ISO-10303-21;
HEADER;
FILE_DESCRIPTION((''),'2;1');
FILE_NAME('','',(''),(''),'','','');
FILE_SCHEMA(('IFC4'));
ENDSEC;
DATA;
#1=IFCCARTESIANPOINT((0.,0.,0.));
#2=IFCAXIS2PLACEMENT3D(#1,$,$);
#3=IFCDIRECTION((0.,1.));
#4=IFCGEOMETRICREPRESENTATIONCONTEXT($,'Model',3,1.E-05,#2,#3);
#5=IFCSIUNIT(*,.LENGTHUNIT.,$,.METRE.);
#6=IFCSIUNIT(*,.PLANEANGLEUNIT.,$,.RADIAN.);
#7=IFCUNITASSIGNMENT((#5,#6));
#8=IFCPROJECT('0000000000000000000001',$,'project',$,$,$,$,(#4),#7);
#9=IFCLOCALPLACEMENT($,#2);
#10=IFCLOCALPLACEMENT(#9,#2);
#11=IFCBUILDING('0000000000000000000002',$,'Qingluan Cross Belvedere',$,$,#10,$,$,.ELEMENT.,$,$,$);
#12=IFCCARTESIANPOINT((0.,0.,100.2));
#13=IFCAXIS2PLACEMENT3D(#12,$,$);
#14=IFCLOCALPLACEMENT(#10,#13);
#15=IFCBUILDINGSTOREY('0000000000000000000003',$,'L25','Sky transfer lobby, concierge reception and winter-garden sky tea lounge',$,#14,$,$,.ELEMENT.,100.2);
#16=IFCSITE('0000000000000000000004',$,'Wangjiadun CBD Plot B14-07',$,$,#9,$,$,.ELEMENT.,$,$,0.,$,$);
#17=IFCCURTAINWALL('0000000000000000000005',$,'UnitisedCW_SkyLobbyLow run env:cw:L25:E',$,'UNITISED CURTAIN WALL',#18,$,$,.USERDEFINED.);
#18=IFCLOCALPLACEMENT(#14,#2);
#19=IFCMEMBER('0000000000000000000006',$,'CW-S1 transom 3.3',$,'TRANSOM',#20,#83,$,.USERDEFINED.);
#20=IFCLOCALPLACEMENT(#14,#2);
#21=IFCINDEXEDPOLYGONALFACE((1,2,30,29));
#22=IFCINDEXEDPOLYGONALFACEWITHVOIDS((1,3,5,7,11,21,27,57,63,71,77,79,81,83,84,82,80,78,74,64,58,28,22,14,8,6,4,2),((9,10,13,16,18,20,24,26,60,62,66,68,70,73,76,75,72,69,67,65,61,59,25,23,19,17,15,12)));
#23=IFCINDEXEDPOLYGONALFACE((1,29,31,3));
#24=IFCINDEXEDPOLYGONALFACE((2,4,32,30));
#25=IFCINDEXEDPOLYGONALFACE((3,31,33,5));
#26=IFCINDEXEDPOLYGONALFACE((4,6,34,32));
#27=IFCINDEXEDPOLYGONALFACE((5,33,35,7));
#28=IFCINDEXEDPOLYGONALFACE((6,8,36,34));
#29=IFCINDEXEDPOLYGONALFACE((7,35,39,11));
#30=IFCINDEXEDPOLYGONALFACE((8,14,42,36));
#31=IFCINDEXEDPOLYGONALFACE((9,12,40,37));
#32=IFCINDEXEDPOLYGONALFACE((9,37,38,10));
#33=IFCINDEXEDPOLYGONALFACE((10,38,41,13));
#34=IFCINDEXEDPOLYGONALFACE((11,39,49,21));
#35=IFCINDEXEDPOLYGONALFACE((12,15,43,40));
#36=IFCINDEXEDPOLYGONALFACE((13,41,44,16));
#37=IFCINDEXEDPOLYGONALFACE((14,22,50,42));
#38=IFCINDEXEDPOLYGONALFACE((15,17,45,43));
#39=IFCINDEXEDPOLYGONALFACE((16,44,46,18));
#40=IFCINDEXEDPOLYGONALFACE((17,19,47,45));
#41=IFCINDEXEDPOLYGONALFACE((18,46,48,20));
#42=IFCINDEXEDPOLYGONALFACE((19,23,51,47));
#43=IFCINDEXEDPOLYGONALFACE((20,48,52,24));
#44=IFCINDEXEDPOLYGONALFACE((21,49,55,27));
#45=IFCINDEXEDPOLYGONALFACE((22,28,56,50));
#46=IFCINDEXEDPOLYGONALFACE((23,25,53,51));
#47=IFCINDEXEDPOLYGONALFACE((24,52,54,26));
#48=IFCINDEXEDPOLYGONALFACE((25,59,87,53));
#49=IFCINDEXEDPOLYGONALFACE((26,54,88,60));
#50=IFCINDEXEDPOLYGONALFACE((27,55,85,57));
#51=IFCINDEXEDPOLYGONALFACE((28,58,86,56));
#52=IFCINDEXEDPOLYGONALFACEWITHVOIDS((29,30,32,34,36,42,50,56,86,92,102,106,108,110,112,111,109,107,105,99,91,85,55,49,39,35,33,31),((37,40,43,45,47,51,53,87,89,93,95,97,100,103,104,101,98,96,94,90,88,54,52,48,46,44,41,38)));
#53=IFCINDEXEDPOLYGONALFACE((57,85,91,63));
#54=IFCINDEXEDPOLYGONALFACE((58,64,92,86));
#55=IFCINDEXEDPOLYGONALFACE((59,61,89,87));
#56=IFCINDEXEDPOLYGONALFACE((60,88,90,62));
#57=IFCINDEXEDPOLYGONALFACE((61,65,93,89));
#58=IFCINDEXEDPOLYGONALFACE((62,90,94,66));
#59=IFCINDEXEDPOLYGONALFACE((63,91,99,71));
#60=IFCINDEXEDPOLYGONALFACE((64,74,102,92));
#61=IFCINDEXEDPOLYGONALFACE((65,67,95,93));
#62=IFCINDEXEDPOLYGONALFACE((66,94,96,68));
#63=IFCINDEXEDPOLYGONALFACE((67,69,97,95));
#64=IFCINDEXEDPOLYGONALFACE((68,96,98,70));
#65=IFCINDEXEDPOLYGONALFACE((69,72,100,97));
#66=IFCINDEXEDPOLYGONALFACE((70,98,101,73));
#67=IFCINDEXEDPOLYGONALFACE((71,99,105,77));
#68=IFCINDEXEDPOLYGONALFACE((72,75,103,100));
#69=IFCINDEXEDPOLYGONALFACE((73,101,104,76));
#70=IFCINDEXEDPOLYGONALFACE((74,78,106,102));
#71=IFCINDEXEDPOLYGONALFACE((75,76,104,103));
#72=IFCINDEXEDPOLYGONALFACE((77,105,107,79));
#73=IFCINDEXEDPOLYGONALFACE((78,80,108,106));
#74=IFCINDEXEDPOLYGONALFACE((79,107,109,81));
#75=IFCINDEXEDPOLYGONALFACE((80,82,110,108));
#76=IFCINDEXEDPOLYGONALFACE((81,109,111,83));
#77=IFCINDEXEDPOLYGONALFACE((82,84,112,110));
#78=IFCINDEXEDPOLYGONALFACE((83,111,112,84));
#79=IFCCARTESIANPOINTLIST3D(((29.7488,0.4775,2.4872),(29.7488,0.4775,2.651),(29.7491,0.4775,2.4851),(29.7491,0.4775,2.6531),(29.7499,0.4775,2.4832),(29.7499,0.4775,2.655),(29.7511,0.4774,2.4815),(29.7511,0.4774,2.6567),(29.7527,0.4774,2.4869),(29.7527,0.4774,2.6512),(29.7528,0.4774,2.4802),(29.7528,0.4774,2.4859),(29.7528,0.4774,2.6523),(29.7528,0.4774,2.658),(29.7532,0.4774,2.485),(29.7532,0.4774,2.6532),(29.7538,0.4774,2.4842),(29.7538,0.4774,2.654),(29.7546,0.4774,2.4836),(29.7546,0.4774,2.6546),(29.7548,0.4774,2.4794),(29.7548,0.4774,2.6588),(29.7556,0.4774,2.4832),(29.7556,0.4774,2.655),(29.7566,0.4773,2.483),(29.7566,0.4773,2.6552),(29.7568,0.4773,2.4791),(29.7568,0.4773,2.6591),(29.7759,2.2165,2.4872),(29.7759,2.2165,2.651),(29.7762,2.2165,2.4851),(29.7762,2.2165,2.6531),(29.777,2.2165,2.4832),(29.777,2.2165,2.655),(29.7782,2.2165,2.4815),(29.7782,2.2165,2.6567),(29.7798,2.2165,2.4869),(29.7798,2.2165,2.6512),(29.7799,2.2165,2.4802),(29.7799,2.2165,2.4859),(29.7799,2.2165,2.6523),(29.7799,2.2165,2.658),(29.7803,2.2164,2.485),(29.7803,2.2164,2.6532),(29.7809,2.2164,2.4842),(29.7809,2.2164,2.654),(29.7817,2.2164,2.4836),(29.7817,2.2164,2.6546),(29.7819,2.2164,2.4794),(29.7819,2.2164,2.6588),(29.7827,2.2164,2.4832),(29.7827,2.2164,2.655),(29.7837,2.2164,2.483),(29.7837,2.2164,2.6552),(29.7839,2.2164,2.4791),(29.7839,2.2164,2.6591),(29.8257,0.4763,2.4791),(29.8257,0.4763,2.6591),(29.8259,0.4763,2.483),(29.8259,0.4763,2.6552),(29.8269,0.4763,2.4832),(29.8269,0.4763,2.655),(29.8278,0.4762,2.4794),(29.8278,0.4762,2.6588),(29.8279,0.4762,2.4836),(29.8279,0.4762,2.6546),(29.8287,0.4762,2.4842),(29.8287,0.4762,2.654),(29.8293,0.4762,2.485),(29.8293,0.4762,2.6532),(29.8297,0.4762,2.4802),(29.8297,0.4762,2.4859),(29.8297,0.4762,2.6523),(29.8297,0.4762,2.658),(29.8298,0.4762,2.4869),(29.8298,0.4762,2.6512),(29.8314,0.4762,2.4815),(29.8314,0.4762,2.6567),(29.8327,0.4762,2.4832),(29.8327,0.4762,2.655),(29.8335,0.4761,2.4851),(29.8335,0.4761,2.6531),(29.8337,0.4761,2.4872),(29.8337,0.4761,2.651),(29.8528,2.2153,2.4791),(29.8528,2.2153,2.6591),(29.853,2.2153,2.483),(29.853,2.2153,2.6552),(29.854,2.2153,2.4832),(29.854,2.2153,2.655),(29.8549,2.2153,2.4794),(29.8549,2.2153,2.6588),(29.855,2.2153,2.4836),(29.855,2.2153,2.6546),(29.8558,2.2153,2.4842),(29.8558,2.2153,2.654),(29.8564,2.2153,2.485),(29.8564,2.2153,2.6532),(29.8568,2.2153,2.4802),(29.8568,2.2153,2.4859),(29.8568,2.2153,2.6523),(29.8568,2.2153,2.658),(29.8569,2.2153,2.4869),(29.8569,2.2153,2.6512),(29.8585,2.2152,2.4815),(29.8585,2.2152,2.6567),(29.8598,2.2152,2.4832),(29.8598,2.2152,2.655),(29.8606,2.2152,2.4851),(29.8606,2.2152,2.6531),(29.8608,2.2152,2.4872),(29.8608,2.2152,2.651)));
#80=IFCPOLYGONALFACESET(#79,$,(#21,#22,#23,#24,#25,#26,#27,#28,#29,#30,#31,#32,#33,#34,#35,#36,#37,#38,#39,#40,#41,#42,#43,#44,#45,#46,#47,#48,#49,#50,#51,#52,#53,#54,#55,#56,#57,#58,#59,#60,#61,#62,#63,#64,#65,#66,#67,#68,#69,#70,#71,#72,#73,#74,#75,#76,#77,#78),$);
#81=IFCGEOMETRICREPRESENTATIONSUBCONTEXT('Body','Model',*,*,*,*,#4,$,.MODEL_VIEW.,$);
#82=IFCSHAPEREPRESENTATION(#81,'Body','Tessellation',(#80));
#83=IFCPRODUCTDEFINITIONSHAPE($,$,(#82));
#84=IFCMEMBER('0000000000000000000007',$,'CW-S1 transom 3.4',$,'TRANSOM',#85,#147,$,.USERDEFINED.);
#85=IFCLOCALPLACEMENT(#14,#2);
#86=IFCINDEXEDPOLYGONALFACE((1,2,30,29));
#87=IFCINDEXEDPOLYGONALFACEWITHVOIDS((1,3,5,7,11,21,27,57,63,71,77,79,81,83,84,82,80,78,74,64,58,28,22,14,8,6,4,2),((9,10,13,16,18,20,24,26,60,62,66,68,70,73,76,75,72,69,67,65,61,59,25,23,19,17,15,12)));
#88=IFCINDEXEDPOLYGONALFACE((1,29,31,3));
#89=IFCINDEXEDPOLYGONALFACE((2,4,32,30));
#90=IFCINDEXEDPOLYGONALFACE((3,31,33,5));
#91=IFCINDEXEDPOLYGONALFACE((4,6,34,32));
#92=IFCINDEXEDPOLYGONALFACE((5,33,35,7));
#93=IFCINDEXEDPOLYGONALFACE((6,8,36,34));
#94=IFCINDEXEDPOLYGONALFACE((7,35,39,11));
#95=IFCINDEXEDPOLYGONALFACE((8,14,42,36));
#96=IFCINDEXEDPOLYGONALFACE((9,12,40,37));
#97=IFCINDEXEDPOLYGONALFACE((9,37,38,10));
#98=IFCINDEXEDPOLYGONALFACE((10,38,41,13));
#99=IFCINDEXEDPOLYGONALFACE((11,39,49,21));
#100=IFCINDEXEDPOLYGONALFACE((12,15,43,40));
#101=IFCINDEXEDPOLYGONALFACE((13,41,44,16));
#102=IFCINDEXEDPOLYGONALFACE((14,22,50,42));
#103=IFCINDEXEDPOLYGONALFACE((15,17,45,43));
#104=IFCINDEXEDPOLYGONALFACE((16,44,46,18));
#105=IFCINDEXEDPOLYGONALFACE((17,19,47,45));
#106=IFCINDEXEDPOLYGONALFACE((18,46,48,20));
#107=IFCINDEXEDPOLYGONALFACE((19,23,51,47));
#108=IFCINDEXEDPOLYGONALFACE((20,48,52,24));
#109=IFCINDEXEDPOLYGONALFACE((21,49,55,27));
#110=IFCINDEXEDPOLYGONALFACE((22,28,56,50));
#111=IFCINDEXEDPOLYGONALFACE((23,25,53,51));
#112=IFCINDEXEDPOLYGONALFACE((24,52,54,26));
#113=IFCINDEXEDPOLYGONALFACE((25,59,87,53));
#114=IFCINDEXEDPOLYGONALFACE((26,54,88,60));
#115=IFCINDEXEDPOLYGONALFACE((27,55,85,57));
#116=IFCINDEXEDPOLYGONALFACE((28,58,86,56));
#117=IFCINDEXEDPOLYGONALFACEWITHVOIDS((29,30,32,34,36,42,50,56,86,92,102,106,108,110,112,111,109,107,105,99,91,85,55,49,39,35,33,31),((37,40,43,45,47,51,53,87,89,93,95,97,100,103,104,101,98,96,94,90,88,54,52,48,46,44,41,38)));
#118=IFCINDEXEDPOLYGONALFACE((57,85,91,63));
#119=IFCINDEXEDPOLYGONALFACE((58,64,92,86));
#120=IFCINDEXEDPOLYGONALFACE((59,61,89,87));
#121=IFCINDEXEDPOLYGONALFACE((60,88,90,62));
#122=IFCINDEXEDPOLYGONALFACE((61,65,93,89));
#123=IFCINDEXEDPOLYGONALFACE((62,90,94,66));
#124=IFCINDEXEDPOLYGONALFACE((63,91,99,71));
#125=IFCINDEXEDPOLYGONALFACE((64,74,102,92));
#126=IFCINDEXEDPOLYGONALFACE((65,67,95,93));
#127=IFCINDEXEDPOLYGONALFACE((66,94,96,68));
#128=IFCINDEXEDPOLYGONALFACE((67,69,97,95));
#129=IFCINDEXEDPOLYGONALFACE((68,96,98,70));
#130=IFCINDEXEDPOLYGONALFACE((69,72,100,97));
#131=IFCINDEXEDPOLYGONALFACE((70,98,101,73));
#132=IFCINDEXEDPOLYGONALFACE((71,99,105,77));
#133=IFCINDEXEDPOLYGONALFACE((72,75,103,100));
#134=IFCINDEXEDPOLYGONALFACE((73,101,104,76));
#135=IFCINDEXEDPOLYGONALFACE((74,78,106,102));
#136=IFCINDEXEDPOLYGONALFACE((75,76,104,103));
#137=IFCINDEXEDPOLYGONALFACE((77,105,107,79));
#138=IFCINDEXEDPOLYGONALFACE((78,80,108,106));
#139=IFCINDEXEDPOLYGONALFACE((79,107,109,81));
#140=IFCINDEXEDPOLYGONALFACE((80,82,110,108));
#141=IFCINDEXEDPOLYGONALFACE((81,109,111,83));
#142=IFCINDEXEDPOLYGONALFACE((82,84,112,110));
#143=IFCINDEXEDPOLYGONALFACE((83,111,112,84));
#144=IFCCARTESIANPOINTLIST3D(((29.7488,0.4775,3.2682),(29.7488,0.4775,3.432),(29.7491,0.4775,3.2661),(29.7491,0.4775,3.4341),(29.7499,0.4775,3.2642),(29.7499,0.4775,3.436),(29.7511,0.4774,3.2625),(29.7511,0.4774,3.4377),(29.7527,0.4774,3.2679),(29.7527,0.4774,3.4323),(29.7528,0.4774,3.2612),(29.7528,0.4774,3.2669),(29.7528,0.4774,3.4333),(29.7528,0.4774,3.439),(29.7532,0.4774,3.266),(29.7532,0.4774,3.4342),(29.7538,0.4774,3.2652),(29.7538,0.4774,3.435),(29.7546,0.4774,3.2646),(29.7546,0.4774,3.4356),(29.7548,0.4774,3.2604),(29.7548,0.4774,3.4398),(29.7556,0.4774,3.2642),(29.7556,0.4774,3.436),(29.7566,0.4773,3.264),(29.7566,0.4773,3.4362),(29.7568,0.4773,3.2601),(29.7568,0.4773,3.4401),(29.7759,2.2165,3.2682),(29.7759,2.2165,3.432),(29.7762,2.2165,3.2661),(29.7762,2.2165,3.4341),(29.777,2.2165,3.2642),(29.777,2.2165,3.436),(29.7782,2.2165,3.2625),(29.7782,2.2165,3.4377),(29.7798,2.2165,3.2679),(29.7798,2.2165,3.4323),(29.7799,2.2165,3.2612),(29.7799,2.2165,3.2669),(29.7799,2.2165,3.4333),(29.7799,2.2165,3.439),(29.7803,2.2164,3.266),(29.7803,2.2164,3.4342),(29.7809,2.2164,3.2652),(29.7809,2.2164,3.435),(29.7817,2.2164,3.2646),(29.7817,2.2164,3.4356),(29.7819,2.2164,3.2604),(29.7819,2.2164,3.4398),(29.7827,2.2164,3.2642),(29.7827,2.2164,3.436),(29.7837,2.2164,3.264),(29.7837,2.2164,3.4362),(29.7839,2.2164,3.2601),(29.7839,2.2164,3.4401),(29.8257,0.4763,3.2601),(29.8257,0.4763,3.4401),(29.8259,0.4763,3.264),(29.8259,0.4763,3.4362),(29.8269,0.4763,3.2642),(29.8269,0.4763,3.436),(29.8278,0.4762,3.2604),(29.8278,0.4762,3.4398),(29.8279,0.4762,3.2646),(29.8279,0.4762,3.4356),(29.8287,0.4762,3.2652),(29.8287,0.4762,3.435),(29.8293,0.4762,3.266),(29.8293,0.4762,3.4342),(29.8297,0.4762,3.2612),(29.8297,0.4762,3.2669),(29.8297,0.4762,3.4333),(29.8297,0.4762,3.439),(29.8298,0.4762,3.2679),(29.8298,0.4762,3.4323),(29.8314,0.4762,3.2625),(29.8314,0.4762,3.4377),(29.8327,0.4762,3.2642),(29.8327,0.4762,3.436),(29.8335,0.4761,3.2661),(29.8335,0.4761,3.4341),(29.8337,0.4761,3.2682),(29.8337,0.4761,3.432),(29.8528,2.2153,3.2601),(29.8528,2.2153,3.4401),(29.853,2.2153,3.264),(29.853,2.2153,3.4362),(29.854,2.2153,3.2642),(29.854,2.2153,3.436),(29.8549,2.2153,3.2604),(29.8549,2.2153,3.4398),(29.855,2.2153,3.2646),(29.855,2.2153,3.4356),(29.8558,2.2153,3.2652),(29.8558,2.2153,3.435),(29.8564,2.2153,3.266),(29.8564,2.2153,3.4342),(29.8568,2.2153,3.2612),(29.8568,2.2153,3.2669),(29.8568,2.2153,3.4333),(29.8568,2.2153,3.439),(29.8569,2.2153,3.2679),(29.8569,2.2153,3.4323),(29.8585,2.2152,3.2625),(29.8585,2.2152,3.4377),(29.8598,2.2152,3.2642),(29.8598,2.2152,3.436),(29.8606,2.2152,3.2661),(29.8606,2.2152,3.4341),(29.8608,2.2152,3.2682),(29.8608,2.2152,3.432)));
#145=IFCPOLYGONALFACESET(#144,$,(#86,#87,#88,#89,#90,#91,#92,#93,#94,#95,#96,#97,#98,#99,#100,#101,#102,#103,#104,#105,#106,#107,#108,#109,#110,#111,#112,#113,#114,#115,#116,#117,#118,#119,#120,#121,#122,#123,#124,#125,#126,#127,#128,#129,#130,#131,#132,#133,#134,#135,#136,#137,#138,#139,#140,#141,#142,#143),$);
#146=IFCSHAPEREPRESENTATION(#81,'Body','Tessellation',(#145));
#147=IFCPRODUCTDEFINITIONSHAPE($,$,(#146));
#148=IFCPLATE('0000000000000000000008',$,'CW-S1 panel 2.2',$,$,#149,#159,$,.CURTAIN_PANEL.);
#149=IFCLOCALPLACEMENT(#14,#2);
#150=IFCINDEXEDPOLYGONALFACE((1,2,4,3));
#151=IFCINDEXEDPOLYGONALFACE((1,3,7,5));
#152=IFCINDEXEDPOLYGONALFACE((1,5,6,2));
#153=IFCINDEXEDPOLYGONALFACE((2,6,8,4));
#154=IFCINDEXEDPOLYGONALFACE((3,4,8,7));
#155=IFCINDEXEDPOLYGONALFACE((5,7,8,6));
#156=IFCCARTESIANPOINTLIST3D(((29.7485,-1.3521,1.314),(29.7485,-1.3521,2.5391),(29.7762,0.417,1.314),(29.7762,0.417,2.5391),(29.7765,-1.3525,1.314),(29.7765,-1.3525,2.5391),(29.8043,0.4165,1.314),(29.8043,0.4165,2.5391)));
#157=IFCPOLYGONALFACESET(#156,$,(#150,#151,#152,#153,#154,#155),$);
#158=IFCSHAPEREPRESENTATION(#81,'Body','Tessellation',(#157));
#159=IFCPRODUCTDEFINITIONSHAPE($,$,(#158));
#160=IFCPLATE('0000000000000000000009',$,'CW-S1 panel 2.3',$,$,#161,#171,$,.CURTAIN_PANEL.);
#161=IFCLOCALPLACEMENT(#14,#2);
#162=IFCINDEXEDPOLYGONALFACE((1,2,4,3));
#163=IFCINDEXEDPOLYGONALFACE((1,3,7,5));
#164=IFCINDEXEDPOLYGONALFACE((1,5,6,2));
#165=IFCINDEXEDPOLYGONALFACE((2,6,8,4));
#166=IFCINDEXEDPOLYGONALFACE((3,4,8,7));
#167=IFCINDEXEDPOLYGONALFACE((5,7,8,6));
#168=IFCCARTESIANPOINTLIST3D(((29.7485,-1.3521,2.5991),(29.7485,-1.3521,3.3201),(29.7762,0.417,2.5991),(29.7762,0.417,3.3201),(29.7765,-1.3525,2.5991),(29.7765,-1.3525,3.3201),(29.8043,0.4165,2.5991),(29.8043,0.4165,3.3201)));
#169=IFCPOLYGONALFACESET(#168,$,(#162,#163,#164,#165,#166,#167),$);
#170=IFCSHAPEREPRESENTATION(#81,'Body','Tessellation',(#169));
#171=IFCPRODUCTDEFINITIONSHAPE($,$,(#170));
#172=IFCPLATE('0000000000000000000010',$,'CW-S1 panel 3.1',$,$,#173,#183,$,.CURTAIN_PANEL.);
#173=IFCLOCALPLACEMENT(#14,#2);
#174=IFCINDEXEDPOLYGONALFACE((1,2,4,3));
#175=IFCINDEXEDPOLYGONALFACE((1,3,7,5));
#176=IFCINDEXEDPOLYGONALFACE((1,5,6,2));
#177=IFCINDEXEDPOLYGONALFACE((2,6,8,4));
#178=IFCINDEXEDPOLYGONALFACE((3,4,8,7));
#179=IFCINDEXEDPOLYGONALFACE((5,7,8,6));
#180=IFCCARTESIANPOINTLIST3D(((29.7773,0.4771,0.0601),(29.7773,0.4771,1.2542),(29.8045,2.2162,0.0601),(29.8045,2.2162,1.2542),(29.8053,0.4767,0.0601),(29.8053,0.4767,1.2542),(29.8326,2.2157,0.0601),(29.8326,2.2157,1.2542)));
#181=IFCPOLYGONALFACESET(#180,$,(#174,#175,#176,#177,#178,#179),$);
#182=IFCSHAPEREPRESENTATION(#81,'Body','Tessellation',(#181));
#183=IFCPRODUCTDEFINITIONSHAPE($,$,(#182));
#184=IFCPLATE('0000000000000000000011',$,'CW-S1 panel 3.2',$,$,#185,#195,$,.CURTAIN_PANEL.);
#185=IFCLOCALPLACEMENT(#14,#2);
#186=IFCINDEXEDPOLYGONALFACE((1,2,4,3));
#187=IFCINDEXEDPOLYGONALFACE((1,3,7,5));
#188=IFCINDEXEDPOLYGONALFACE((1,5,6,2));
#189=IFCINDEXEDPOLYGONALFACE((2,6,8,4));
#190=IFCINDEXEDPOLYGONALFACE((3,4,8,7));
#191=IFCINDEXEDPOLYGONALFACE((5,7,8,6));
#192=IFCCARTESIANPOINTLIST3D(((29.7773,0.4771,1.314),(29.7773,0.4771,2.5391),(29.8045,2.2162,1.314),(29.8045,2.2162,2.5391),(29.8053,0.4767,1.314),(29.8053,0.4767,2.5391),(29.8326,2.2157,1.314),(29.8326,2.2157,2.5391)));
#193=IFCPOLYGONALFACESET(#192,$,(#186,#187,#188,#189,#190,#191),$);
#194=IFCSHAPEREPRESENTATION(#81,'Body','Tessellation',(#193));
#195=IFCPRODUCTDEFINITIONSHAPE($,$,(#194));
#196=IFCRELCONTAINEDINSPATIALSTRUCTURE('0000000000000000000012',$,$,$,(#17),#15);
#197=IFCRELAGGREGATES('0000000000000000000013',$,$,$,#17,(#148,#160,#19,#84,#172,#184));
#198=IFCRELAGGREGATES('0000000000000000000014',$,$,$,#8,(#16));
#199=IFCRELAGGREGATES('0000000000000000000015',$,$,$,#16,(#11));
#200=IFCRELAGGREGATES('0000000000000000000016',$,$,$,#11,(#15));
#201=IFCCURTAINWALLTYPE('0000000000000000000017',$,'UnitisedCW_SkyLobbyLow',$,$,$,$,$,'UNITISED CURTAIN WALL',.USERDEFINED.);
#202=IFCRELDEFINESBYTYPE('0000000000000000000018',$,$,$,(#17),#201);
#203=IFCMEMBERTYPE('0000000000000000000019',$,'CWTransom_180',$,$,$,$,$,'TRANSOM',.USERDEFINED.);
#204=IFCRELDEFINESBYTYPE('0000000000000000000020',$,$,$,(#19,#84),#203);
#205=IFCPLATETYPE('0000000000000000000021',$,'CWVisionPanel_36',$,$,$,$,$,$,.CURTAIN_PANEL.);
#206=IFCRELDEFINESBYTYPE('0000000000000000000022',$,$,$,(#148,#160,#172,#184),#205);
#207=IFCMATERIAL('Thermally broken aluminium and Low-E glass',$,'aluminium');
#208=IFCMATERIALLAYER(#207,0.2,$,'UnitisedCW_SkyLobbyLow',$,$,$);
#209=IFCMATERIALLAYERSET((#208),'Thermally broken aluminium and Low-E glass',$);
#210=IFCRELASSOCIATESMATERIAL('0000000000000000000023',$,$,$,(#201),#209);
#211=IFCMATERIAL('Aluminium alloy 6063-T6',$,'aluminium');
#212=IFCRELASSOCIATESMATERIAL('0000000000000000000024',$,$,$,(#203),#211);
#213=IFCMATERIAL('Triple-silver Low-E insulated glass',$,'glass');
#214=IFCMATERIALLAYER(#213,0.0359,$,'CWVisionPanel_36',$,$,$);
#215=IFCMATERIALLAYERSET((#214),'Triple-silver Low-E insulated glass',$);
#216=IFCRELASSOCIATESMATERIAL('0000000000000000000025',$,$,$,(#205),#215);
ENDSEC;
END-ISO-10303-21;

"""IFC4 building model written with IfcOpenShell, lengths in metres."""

from ifc_helpers import new_model, si_unit, direction, frame, origin, origin_2d, place, context, subcontext, project, spatial, rectangle, hollow_rectangle, extrude, material, layer, layer_set, material_profile, profile_set, type_object, element, aggregate, save


model = new_model("IFC4")

# Units and contexts
model_context = context("Model", 3, precision=1e-05, world=origin(), true_north=direction((0.0, 1.0)))
body_context = subcontext(model_context, "Body", "Model", "MODEL_VIEW")
ifc_project = project(units=[si_unit("LENGTHUNIT", "METRE"), si_unit("PLANEANGLEUNIT", "RADIAN")], contexts=[model_context])

# Site, building, storey
site_placement = place(None, origin())
site = spatial("IfcSite", under=ifc_project, at=site_placement, Name="Wangjiadun CBD Plot B14-07", CompositionType="ELEMENT", RefElevation=0.0)
building_placement = place(site_placement, origin())
building = spatial("IfcBuilding", under=site, at=building_placement, Name="Qingluan Cross Belvedere", CompositionType="ELEMENT")
storey_placement = place(building_placement, frame((0.0, 0.0, 100.2)))
storey = spatial("IfcBuildingStorey", under=building, at=storey_placement, Name="L25", Description="Sky transfer lobby, concierge reception and winter-garden sky tea lounge", CompositionType="ELEMENT", Elevation=100.2)

# Curtain wall, members, plates
ifc_material_1 = material(Name="Thermally broken aluminium and Low-E glass", Category="aluminium")
ifc_layer_1 = layer(ifc_material_1, 0.2, Name="UnitisedCW_SkyLobbyLow")
ifc_layer_set_1 = layer_set([ifc_layer_1], Name="Thermally broken aluminium and Low-E glass")
curtain_wall_type = type_object("IfcCurtainWallType", Name="UnitisedCW_SkyLobbyLow", ElementType="UNITISED CURTAIN WALL", PredefinedType="USERDEFINED", material=ifc_layer_set_1)
curtain_wall_placement = place(storey_placement, origin())
curtain_wall = element("IfcCurtainWall", 1, at=curtain_wall_placement, inside=storey, type_object=curtain_wall_type, Name="UnitisedCW_SkyLobbyLow run env:cw:L25:E", ObjectType="UNITISED CURTAIN WALL", PredefinedType="USERDEFINED")
ifc_material_2 = material(Name="Aluminium alloy 6063-T6", Category="aluminium")
ifc_material_profile_1 = material_profile(ifc_material_2, hollow_rectangle(XDim=0.085, YDim=0.1799, WallThickness=0.0039, InnerFilletRadius=0.0039, OuterFilletRadius=0.0081, at=origin_2d()), Name="CWT180x85x4")
ifc_profile_set_1 = profile_set([ifc_material_profile_1], Name="Aluminium alloy 6063-T6")
member_type_1 = type_object("IfcMemberType", Name="CWTransom_180", ElementType="TRANSOM", PredefinedType="USERDEFINED", material=ifc_profile_set_1)
member_1_placement = place(storey_placement, frame((29.7913, 0.4768, 2.5691), z_axis=(0.015581, 0.999879, 0.0), x_axis=(-0.999879, 0.015581, 0.0)))
member_1 = element("IfcMember", 2, at=member_1_placement, type_object=member_type_1, Name="CW-S1 transom 3.3", ObjectType="TRANSOM", PredefinedType="USERDEFINED", context=body_context, shape_type="SweptSolid", body=[
    extrude(hollow_rectangle(XDim=0.085, YDim=0.1799, WallThickness=0.0039, InnerFilletRadius=0.0039, OuterFilletRadius=0.0081, at=origin_2d()), origin(), (0.0, 0.0, 1.0), 1.7393),
])
member_2_placement = place(storey_placement, frame((29.7913, 0.4768, 3.3501), z_axis=(0.015581, 0.999879, 0.0), x_axis=(-0.999879, 0.015581, 0.0)))
member_2 = element("IfcMember", 3, at=member_2_placement, type_object=member_type_1, Name="CW-S1 transom 3.4", ObjectType="TRANSOM", PredefinedType="USERDEFINED", context=body_context, shape_type="SweptSolid", body=[
    extrude(hollow_rectangle(XDim=0.085, YDim=0.1799, WallThickness=0.0039, InnerFilletRadius=0.0039, OuterFilletRadius=0.0081, at=origin_2d()), origin(), (0.0, 0.0, 1.0), 1.7393),
])
ifc_material_3 = material(Name="Triple-silver Low-E insulated glass", Category="glass")
ifc_layer_2 = layer(ifc_material_3, 0.0359, Name="CWVisionPanel_36")
ifc_layer_set_2 = layer_set([ifc_layer_2], Name="Triple-silver Low-E insulated glass")
plate_type = type_object("IfcPlateType", Name="CWVisionPanel_36", PredefinedType="CURTAIN_PANEL", material=ifc_layer_set_2)
plate_1_placement = place(storey_placement, frame((29.7764, -0.4678, 1.314), z_axis=(0.0, 0.0, 1.0), x_axis=(0.015689, 0.999877, 0.0)))
plate_1 = element("IfcPlate", 4, at=plate_1_placement, type_object=plate_type, Name="CW-S1 panel 2.2", PredefinedType="CURTAIN_PANEL", context=body_context, shape_type="SweptSolid", body=[
    extrude(rectangle(XDim=1.7693, YDim=0.0281, at=origin_2d()), origin(), (0.0, 0.0, 1.0), 1.2251),
])
plate_2_placement = place(storey_placement, frame((29.7764, -0.4678, 2.5991), z_axis=(0.0, 0.0, 1.0), x_axis=(0.015689, 0.999877, 0.0)))
plate_2 = element("IfcPlate", 5, at=plate_2_placement, type_object=plate_type, Name="CW-S1 panel 2.3", PredefinedType="CURTAIN_PANEL", context=body_context, shape_type="SweptSolid", body=[
    extrude(rectangle(XDim=1.7693, YDim=0.0281, at=origin_2d()), origin(), (0.0, 0.0, 1.0), 0.7209),
])
plate_3_placement = place(storey_placement, frame((29.8049, 1.3464, 0.0601), z_axis=(0.0, 0.0, 1.0), x_axis=(0.015689, 0.999877, 0.0)))
plate_3 = element("IfcPlate", 6, at=plate_3_placement, type_object=plate_type, Name="CW-S1 panel 3.1", PredefinedType="CURTAIN_PANEL", context=body_context, shape_type="SweptSolid", body=[
    extrude(rectangle(XDim=1.7393, YDim=0.0281, at=origin_2d()), origin(), (0.0, 0.0, 1.0), 1.1941),
])
plate_4_placement = place(storey_placement, frame((29.8049, 1.3464, 1.314), z_axis=(0.0, 0.0, 1.0), x_axis=(0.015689, 0.999877, 0.0)))
plate_4 = element("IfcPlate", 7, at=plate_4_placement, type_object=plate_type, Name="CW-S1 panel 3.2", PredefinedType="CURTAIN_PANEL", context=body_context, shape_type="SweptSolid", body=[
    extrude(rectangle(XDim=1.7393, YDim=0.0281, at=origin_2d()), origin(), (0.0, 0.0, 1.0), 1.2251),
])
aggregate(curtain_wall, [plate_1, plate_2, member_1, member_2, plate_3, plate_4])

save(model, "model.ifc")
